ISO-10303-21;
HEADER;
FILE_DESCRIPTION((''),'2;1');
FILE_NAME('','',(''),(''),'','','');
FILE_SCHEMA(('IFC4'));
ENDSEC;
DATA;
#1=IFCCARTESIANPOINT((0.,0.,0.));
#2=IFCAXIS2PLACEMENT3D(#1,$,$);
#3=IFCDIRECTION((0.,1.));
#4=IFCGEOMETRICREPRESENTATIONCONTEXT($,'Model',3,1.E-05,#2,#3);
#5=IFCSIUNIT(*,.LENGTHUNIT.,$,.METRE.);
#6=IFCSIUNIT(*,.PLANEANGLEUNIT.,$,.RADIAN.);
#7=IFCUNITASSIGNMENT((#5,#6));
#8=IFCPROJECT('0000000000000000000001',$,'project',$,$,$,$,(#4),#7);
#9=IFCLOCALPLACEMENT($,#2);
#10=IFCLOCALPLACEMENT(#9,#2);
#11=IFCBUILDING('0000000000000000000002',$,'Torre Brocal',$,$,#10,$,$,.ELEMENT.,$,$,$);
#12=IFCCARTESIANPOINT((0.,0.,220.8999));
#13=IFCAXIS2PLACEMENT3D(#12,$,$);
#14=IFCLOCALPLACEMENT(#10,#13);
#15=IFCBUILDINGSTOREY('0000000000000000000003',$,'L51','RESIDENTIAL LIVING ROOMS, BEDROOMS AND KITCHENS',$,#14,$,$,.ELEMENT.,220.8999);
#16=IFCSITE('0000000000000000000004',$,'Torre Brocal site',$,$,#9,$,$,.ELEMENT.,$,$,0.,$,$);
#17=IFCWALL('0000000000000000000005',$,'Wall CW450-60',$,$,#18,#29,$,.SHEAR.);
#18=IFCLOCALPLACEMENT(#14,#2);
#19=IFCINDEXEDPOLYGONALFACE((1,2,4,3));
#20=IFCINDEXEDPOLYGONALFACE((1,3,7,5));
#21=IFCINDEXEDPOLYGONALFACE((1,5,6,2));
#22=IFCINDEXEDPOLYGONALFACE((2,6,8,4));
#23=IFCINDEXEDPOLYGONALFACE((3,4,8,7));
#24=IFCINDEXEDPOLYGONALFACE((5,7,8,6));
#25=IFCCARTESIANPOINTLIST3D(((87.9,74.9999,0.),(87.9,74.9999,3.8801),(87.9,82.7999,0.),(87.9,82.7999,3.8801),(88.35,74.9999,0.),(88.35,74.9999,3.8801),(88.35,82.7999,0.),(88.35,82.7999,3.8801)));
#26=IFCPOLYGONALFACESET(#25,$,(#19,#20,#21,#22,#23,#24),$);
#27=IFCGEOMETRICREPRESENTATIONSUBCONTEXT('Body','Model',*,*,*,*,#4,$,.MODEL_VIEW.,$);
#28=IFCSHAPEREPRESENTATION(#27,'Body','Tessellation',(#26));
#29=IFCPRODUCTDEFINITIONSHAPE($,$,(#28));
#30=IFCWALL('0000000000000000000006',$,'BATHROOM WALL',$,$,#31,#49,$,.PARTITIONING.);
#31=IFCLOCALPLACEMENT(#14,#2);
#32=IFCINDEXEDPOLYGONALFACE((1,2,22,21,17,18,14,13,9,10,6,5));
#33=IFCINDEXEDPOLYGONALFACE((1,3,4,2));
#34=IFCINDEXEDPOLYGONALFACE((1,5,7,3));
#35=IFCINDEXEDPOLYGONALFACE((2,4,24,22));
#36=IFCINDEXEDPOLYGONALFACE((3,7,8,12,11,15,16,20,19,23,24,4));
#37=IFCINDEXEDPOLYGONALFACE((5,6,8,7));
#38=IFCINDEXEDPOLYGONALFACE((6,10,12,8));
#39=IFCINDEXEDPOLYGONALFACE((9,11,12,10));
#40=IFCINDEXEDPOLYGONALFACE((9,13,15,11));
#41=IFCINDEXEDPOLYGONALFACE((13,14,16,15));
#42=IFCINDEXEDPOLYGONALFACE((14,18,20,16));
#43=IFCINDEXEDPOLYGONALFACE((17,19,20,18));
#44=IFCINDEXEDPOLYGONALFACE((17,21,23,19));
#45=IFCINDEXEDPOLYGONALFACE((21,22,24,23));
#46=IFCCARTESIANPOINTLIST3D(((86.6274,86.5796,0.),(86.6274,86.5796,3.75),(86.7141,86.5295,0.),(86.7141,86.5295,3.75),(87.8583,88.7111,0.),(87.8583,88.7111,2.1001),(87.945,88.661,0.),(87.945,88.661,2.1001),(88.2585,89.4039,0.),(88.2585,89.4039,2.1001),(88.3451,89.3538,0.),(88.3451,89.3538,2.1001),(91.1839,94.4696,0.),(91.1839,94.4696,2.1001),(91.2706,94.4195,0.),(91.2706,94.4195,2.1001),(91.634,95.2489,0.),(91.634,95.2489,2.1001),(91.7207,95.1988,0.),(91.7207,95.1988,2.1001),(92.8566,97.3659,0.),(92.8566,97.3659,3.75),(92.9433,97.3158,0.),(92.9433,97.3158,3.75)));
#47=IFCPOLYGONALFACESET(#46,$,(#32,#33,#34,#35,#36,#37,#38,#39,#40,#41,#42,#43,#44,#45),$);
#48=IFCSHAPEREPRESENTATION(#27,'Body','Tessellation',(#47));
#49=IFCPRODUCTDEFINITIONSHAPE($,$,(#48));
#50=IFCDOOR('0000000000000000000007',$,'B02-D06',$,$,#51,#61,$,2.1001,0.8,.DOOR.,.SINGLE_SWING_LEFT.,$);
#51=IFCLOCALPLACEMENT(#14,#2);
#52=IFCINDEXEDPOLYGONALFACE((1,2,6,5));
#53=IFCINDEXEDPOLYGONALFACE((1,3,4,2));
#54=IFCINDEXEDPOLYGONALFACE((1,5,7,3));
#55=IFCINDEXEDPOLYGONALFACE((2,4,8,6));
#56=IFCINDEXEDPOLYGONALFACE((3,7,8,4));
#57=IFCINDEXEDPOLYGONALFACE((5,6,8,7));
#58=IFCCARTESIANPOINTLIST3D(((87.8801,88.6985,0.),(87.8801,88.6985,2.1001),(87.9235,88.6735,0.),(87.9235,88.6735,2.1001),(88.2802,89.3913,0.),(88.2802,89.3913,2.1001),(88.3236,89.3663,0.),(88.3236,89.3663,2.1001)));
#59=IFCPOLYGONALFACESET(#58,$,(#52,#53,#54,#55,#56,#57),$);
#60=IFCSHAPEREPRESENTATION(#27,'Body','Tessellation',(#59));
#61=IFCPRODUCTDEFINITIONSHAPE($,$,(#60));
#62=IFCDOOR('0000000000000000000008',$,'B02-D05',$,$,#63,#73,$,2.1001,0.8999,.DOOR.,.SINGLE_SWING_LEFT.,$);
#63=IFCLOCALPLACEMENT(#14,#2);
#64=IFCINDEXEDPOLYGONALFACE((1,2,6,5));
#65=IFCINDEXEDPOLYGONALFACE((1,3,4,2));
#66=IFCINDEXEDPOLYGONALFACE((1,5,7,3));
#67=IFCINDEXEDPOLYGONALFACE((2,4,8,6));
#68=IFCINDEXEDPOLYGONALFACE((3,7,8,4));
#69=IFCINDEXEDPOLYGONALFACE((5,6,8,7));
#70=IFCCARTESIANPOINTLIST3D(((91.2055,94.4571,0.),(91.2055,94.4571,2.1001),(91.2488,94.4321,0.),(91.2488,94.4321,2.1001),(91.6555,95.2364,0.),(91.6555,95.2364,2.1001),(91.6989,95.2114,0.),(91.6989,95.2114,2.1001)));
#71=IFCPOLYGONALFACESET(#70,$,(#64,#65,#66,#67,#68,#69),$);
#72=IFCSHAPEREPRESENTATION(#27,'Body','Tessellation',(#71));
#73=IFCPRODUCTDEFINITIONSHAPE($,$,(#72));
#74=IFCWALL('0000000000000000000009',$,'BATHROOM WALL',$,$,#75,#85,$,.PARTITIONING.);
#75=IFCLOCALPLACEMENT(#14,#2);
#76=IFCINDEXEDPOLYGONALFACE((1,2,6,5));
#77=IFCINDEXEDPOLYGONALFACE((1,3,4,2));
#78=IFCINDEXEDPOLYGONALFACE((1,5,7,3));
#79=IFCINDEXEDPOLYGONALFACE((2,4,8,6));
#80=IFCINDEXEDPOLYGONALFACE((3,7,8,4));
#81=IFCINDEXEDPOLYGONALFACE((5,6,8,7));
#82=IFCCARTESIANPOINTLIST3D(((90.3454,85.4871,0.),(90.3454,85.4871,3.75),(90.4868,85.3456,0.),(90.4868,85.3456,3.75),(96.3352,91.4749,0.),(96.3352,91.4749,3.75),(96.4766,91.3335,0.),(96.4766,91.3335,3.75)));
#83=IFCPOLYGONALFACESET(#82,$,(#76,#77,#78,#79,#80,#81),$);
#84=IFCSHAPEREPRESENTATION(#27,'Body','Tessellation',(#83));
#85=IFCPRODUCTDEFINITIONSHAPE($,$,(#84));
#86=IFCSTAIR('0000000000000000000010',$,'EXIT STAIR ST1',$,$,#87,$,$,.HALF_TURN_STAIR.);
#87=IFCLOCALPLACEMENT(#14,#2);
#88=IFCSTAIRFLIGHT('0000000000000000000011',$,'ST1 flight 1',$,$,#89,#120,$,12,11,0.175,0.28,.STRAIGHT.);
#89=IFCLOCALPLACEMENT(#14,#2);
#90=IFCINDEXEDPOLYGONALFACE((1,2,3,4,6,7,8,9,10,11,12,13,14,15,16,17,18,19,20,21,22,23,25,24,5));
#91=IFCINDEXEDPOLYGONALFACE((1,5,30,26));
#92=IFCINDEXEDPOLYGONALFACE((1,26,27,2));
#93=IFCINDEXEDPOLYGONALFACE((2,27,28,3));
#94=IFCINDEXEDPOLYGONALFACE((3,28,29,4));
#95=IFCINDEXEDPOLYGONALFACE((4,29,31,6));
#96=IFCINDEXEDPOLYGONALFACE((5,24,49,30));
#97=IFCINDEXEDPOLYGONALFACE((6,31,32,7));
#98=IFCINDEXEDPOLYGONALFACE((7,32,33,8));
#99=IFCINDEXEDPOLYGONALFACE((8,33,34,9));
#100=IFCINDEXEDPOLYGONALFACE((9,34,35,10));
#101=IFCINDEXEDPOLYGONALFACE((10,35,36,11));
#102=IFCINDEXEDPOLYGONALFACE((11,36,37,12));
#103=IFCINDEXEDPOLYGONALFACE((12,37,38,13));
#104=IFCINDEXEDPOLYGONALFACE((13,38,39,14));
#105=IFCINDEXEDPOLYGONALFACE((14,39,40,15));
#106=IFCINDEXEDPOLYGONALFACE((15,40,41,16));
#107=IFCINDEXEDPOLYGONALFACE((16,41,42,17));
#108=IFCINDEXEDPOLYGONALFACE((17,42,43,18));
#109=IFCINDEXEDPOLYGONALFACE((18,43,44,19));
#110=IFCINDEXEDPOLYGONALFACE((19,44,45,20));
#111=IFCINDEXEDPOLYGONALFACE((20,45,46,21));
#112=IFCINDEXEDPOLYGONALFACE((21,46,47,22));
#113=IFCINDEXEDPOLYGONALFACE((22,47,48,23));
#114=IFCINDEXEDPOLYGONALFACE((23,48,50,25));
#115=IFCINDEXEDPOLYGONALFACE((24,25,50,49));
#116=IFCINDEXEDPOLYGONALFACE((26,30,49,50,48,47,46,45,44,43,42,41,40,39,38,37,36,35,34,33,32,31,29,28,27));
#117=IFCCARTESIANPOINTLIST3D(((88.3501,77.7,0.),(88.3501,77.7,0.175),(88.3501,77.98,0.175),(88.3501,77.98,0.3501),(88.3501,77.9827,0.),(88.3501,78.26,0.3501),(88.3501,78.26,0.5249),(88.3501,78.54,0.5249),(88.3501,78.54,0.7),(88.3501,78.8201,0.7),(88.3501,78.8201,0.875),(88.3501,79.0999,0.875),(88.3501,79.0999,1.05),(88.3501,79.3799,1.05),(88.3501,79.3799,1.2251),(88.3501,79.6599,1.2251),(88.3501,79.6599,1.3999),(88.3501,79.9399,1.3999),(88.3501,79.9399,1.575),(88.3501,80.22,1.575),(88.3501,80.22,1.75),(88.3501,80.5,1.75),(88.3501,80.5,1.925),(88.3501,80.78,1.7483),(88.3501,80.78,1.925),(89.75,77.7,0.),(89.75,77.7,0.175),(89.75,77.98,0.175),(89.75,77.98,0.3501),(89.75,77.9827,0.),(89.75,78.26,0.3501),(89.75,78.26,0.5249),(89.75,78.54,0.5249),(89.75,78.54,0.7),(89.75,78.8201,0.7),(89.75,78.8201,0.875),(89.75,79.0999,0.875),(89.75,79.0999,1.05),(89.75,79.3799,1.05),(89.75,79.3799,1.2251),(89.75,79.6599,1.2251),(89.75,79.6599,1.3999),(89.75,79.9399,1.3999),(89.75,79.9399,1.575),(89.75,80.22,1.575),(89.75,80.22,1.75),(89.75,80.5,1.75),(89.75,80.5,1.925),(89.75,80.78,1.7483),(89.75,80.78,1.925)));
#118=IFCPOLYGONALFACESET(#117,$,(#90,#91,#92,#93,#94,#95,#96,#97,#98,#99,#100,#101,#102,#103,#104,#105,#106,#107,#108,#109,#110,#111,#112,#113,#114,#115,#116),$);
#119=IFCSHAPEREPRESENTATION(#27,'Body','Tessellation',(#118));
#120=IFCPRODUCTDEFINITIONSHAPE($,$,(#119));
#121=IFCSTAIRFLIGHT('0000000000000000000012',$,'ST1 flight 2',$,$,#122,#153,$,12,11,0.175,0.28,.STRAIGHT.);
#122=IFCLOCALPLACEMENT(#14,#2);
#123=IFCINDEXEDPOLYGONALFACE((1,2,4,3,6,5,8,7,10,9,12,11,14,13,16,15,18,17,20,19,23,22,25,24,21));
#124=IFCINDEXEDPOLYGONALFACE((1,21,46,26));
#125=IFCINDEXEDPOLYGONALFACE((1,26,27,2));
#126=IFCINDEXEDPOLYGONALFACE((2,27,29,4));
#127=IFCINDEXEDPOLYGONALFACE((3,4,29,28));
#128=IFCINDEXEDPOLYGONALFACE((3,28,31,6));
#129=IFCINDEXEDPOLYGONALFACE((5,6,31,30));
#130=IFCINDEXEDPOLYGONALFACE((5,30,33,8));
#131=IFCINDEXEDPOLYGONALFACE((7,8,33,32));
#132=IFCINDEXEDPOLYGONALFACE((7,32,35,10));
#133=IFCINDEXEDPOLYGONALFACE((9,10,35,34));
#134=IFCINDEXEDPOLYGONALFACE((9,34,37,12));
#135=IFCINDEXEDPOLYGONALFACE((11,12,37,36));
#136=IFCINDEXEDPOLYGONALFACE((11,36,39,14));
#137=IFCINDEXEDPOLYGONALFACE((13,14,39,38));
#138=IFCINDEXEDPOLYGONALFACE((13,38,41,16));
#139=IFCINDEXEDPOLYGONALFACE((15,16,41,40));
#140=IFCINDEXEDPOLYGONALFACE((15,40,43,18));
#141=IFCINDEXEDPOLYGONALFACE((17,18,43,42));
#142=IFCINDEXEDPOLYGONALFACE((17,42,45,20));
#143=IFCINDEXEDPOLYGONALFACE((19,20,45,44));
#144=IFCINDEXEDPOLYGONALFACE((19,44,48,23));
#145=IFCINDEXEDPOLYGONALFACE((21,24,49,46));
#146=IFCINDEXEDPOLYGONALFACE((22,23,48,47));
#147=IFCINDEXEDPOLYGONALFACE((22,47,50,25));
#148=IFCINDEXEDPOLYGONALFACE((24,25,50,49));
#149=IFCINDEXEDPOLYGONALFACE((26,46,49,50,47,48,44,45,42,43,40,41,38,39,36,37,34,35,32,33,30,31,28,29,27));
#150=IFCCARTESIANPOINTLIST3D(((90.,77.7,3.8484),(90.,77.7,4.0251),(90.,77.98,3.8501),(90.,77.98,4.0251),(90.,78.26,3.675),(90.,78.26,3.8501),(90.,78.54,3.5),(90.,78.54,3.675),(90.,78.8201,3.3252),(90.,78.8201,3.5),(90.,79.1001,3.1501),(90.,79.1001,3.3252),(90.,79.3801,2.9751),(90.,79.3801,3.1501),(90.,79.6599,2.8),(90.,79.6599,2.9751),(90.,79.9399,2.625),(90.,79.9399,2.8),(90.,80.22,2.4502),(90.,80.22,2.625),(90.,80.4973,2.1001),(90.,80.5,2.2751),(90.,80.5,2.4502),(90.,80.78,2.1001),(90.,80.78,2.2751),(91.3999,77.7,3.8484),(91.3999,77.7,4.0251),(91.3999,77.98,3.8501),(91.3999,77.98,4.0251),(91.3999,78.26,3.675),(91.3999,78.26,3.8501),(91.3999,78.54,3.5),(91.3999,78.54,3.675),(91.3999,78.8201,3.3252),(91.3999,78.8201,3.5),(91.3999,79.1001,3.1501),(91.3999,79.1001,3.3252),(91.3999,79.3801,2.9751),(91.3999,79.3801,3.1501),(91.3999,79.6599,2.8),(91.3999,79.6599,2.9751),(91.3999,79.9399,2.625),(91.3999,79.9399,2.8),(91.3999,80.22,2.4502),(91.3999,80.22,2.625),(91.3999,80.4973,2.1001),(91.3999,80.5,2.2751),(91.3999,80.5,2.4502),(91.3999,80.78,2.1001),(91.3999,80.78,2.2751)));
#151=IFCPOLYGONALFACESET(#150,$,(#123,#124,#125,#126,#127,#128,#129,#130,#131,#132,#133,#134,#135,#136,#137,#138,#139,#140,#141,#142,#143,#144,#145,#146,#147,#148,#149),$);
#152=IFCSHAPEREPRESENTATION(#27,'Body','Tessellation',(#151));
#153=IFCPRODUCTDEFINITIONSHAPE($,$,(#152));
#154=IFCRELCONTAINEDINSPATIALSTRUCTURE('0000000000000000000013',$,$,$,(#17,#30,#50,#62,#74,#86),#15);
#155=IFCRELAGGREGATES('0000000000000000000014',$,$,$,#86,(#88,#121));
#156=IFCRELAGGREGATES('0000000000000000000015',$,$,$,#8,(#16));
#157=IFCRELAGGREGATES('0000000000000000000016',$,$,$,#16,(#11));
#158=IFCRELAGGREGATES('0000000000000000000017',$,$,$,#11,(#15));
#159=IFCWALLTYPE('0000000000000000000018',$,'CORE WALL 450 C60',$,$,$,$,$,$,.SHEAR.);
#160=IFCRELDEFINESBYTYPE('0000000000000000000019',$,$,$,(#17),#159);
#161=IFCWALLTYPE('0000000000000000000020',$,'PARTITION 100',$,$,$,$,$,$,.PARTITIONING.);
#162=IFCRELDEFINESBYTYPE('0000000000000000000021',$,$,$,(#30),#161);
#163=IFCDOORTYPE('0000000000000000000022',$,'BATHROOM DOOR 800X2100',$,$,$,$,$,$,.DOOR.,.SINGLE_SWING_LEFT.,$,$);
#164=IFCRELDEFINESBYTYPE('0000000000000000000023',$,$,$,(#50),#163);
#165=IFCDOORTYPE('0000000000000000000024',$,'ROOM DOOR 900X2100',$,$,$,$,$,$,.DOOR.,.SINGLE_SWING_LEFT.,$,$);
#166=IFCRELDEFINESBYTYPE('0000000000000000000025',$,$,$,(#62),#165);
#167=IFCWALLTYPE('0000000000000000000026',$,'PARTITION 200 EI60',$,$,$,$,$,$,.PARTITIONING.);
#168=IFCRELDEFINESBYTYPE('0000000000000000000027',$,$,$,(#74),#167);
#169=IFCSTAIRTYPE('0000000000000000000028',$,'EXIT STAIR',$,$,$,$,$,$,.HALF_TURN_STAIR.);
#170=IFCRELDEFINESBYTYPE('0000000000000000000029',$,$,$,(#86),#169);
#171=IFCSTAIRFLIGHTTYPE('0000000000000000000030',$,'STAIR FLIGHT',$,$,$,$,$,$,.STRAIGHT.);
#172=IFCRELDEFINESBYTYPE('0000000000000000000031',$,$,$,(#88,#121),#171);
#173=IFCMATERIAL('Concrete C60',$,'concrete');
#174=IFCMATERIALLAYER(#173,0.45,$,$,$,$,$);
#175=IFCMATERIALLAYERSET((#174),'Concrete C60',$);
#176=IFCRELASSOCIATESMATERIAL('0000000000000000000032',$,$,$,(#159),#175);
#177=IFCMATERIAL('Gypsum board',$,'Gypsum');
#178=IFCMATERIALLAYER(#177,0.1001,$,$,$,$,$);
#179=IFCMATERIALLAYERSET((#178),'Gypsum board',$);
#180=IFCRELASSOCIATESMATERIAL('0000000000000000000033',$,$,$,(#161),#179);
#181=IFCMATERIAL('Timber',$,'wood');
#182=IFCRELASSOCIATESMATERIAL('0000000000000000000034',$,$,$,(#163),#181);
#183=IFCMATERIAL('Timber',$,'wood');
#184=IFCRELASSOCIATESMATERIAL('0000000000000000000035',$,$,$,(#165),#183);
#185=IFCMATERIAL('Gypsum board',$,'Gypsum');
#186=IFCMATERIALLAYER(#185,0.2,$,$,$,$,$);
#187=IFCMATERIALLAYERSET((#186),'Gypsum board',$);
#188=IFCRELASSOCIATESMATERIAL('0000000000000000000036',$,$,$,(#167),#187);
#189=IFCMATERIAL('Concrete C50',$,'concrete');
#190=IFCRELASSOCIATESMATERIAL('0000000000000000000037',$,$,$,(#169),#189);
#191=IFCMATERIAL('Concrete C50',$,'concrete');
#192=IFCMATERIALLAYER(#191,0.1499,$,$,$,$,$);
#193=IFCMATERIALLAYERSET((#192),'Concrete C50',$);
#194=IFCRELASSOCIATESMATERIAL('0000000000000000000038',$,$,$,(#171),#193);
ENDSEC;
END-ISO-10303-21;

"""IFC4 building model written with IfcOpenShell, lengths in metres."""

from ifc_helpers import new_model, si_unit, direction, frame, frame_2d, origin, place, context, subcontext, project, spatial, polyline, rectangle, outline, extrude, material, layer, layer_set, type_object, element, fill, aggregate, save


model = new_model("IFC4")

# Units and contexts
model_context = context("Model", 3, precision=1e-05, world=origin(), true_north=direction((0.0, 1.0)))
body_context = subcontext(model_context, "Body", "Model", "MODEL_VIEW")
ifc_project = project(units=[si_unit("LENGTHUNIT", "METRE"), si_unit("PLANEANGLEUNIT", "RADIAN")], contexts=[model_context])

# Site, building, storey
site_placement = place(None, origin())
site = spatial("IfcSite", under=ifc_project, at=site_placement, Name="Torre Brocal site", CompositionType="ELEMENT", RefElevation=0.0)
building_placement = place(site_placement, origin())
building = spatial("IfcBuilding", under=site, at=building_placement, Name="Torre Brocal", CompositionType="ELEMENT")
storey_placement = place(building_placement, frame((0.0, 0.0, 220.8999)))
storey = spatial("IfcBuildingStorey", under=building, at=storey_placement, Name="L51", Description="RESIDENTIAL LIVING ROOMS, BEDROOMS AND KITCHENS", CompositionType="ELEMENT", Elevation=220.8999)

# Wall
ifc_material_1 = material(Name="Concrete C60", Category="concrete")
ifc_layer_1 = layer(ifc_material_1, 0.45)
ifc_layer_set_1 = layer_set([ifc_layer_1], Name="Concrete C60")
wall_type_1 = type_object("IfcWallType", Name="CORE WALL 450 C60", PredefinedType="SHEAR", material=ifc_layer_set_1)
wall_1_placement = place(storey_placement, frame((88.125, 75.0, 0.0), z_axis=(0.0, 0.0, 1.0), x_axis=(0.0, 1.0, 0.0)))
element("IfcWall", 1, at=wall_1_placement, inside=storey, type_object=wall_type_1, Name="Wall CW450-60", PredefinedType="SHEAR", context=body_context, shape_type="SweptSolid", body=[
    extrude(rectangle(XDim=7.8, YDim=0.45, at=frame_2d((3.8999, 0.0))), origin(), (0.0, 0.0, 1.0), 3.8801),
])

# Wall, openings, doors
ifc_material_2 = material(Name="Gypsum board", Category="Gypsum")
ifc_layer_2 = layer(ifc_material_2, 0.1001)
ifc_layer_set_2 = layer_set([ifc_layer_2], Name="Gypsum board")
wall_type_2 = type_object("IfcWallType", Name="PARTITION 100", PredefinedType="PARTITIONING", material=ifc_layer_set_2)
wall_2_placement = place(storey_placement, frame((86.6707, 86.5544, 0.0), z_axis=(0.0, 0.0, 1.0), x_axis=(0.500104, 0.865965, 0.0)))
wall_2 = element("IfcWall", 2, at=wall_2_placement, inside=storey, type_object=wall_type_2, Name="BATHROOM WALL", PredefinedType="PARTITIONING", context=body_context, shape_type="SweptSolid", body=[
    extrude(rectangle(XDim=12.4558, YDim=0.1001, at=frame_2d((6.228, 0.0))), origin(), (0.0, 0.0, 1.0), 3.75),
])
opening_1_placement = place(wall_2_placement, frame((9.1113, 0.0, 0.0)))
opening_1 = element("IfcOpeningElement", 3, at=opening_1_placement, cuts=wall_2, PredefinedType="OPENING", context=body_context, shape_type="SweptSolid", body=[
    extrude(rectangle(XDim=0.8999, YDim=2.1001, at=frame_2d((0.45, 1.05))), frame((0.0, 0.0601, 0.0), z_axis=(0.0, -1.0, 0.0), x_axis=(1.0, 0.0, 0.0)), (0.0, 0.0, 1.0), 0.1201),
])
opening_2_placement = place(wall_2_placement, frame((2.4617, 0.0, 0.0)))
opening_2 = element("IfcOpeningElement", 4, at=opening_2_placement, cuts=wall_2, PredefinedType="OPENING", context=body_context, shape_type="SweptSolid", body=[
    extrude(rectangle(XDim=0.8, YDim=2.1001, at=frame_2d((0.3999, 1.05))), frame((0.0, 0.0601, 0.0), z_axis=(0.0, -1.0, 0.0), x_axis=(1.0, 0.0, 0.0)), (0.0, 0.0, 1.0), 0.1201),
])
ifc_material_3 = material(Name="Timber", Category="wood")
door_type_1 = type_object("IfcDoorType", Name="BATHROOM DOOR 800X2100", OperationType="SINGLE_SWING_LEFT", PredefinedType="DOOR", material=ifc_material_3)
door_1_placement = place(opening_2_placement, origin())
door_1 = element("IfcDoor", 5, at=door_1_placement, inside=storey, type_object=door_type_1, Name="B02-D06", OperationType="SINGLE_SWING_LEFT", OverallHeight=2.1001, OverallWidth=0.8, PredefinedType="DOOR", context=body_context, shape_type="SweptSolid", body=[
    extrude(rectangle(XDim=0.8, YDim=2.1001, at=frame_2d((0.3999, 1.05))), frame((0.0, 0.0249, 0.0), z_axis=(0.0, -1.0, 0.0), x_axis=(1.0, 0.0, 0.0)), (0.0, 0.0, 1.0), 0.05),
])
fill(opening_2, door_1)
ifc_material_4 = material(Name="Timber", Category="wood")
door_type_2 = type_object("IfcDoorType", Name="ROOM DOOR 900X2100", OperationType="SINGLE_SWING_LEFT", PredefinedType="DOOR", material=ifc_material_4)
door_2_placement = place(opening_1_placement, frame((0.8999, 0.0, 0.0), z_axis=(0.0, 0.0, 1.0), x_axis=(-1.0, 0.0, 0.0)))
door_2 = element("IfcDoor", 6, at=door_2_placement, inside=storey, type_object=door_type_2, Name="B02-D05", OperationType="SINGLE_SWING_LEFT", OverallHeight=2.1001, OverallWidth=0.8999, PredefinedType="DOOR", context=body_context, shape_type="SweptSolid", body=[
    extrude(rectangle(XDim=0.8999, YDim=2.1001, at=frame_2d((0.45, 1.05))), frame((0.0, 0.0249, 0.0), z_axis=(0.0, -1.0, 0.0), x_axis=(1.0, 0.0, 0.0)), (0.0, 0.0, 1.0), 0.05),
])
fill(opening_1, door_2)

# Wall
ifc_material_5 = material(Name="Gypsum board", Category="Gypsum")
ifc_layer_3 = layer(ifc_material_5, 0.2)
ifc_layer_set_3 = layer_set([ifc_layer_3], Name="Gypsum board")
wall_type_3 = type_object("IfcWallType", Name="PARTITION 200 EI60", PredefinedType="PARTITIONING", material=ifc_layer_set_3)
wall_3_placement = place(storey_placement, frame((90.416, 85.4163, 0.0), z_axis=(0.0, 0.0, 1.0), x_axis=(0.707222, 0.706991, 0.0)))
element("IfcWall", 7, at=wall_3_placement, inside=storey, type_object=wall_type_3, Name="BATHROOM WALL", PredefinedType="PARTITIONING", context=body_context, shape_type="SweptSolid", body=[
    extrude(rectangle(XDim=8.4695, YDim=0.2, at=frame_2d((4.2349, 0.0))), origin(), (0.0, 0.0, 1.0), 3.75),
])

# Stair, stair flights
ifc_material_6 = material(Name="Concrete C50", Category="concrete")
stair_type = type_object("IfcStairType", Name="EXIT STAIR", PredefinedType="HALF_TURN_STAIR", material=ifc_material_6)
stair_placement = place(storey_placement, origin())
stair = element("IfcStair", 8, at=stair_placement, inside=storey, type_object=stair_type, Name="EXIT STAIR ST1", PredefinedType="HALF_TURN_STAIR")
ifc_material_7 = material(Name="Concrete C50", Category="concrete")
ifc_layer_4 = layer(ifc_material_7, 0.1499)
ifc_layer_set_4 = layer_set([ifc_layer_4], Name="Concrete C50")
stair_flight_type = type_object("IfcStairFlightType", Name="STAIR FLIGHT", PredefinedType="STRAIGHT", material=ifc_layer_set_4)
stair_flight_1_placement = place(storey_placement, frame((89.05, 77.7, 0.0), z_axis=(0.0, 0.0, 1.0), x_axis=(0.0, 1.0, 0.0)))
stair_flight_1 = element("IfcStairFlight", 9, at=stair_flight_1_placement, type_object=stair_flight_type, Name="ST1 flight 1", NumberOfRisers=12, NumberOfTreads=11, PredefinedType="STRAIGHT", RiserHeight=0.175, TreadLength=0.28, context=body_context, shape_type="SweptSolid", body=[
    extrude(outline(polyline([(0.0, 0.0), (0.0, 0.175), (0.28, 0.175), (0.28, 0.3501), (0.5601, 0.3501), (0.5601, 0.5249), (0.8401, 0.5249), (0.8401, 0.7), (1.1201, 0.7), (1.1201, 0.875), (1.3999, 0.875), (1.3999, 1.05), (1.6799, 1.05), (1.6799, 1.2251), (1.96, 1.2251), (1.96, 1.3999), (2.24, 1.3999), (2.24, 1.575), (2.52, 1.575), (2.52, 1.75), (2.8, 1.75), (2.8, 1.925), (3.0801, 1.925), (3.0801, 2.1001), (3.0801, 1.7483), (0.2827, 0.0), (0.0, 0.0)])), frame((0.0, 0.7, 0.0), z_axis=(0.0, -1.0, 0.0), x_axis=(1.0, 0.0, 0.0)), (0.0, 0.0, 1.0), 1.3999),
])
stair_flight_2_placement = place(storey_placement, frame((90.7, 80.78, 2.1001), z_axis=(0.0, 0.0, 1.0), x_axis=(0.0, -1.0, 0.0)))
stair_flight_2 = element("IfcStairFlight", 10, at=stair_flight_2_placement, type_object=stair_flight_type, Name="ST1 flight 2", NumberOfRisers=12, NumberOfTreads=11, PredefinedType="STRAIGHT", RiserHeight=0.175, TreadLength=0.28, context=body_context, shape_type="SweptSolid", body=[
    extrude(outline(polyline([(0.0, 0.0), (0.0, 0.175), (0.28, 0.175), (0.28, 0.3501), (0.5601, 0.3501), (0.5601, 0.5249), (0.8401, 0.5249), (0.8401, 0.7), (1.1201, 0.7), (1.1201, 0.875), (1.3999, 0.875), (1.3999, 1.05), (1.6799, 1.05), (1.6799, 1.2251), (1.96, 1.2251), (1.96, 1.3999), (2.24, 1.3999), (2.24, 1.575), (2.52, 1.575), (2.52, 1.75), (2.8, 1.75), (2.8, 1.925), (3.0801, 1.925), (3.0801, 2.1001), (3.0801, 1.7483), (0.2827, 0.0), (0.0, 0.0)])), frame((0.0, 0.7, 0.0), z_axis=(0.0, -1.0, 0.0), x_axis=(1.0, 0.0, 0.0)), (0.0, 0.0, 1.0), 1.3999),
])
aggregate(stair, [stair_flight_1, stair_flight_2])

save(model, "model.ifc")
